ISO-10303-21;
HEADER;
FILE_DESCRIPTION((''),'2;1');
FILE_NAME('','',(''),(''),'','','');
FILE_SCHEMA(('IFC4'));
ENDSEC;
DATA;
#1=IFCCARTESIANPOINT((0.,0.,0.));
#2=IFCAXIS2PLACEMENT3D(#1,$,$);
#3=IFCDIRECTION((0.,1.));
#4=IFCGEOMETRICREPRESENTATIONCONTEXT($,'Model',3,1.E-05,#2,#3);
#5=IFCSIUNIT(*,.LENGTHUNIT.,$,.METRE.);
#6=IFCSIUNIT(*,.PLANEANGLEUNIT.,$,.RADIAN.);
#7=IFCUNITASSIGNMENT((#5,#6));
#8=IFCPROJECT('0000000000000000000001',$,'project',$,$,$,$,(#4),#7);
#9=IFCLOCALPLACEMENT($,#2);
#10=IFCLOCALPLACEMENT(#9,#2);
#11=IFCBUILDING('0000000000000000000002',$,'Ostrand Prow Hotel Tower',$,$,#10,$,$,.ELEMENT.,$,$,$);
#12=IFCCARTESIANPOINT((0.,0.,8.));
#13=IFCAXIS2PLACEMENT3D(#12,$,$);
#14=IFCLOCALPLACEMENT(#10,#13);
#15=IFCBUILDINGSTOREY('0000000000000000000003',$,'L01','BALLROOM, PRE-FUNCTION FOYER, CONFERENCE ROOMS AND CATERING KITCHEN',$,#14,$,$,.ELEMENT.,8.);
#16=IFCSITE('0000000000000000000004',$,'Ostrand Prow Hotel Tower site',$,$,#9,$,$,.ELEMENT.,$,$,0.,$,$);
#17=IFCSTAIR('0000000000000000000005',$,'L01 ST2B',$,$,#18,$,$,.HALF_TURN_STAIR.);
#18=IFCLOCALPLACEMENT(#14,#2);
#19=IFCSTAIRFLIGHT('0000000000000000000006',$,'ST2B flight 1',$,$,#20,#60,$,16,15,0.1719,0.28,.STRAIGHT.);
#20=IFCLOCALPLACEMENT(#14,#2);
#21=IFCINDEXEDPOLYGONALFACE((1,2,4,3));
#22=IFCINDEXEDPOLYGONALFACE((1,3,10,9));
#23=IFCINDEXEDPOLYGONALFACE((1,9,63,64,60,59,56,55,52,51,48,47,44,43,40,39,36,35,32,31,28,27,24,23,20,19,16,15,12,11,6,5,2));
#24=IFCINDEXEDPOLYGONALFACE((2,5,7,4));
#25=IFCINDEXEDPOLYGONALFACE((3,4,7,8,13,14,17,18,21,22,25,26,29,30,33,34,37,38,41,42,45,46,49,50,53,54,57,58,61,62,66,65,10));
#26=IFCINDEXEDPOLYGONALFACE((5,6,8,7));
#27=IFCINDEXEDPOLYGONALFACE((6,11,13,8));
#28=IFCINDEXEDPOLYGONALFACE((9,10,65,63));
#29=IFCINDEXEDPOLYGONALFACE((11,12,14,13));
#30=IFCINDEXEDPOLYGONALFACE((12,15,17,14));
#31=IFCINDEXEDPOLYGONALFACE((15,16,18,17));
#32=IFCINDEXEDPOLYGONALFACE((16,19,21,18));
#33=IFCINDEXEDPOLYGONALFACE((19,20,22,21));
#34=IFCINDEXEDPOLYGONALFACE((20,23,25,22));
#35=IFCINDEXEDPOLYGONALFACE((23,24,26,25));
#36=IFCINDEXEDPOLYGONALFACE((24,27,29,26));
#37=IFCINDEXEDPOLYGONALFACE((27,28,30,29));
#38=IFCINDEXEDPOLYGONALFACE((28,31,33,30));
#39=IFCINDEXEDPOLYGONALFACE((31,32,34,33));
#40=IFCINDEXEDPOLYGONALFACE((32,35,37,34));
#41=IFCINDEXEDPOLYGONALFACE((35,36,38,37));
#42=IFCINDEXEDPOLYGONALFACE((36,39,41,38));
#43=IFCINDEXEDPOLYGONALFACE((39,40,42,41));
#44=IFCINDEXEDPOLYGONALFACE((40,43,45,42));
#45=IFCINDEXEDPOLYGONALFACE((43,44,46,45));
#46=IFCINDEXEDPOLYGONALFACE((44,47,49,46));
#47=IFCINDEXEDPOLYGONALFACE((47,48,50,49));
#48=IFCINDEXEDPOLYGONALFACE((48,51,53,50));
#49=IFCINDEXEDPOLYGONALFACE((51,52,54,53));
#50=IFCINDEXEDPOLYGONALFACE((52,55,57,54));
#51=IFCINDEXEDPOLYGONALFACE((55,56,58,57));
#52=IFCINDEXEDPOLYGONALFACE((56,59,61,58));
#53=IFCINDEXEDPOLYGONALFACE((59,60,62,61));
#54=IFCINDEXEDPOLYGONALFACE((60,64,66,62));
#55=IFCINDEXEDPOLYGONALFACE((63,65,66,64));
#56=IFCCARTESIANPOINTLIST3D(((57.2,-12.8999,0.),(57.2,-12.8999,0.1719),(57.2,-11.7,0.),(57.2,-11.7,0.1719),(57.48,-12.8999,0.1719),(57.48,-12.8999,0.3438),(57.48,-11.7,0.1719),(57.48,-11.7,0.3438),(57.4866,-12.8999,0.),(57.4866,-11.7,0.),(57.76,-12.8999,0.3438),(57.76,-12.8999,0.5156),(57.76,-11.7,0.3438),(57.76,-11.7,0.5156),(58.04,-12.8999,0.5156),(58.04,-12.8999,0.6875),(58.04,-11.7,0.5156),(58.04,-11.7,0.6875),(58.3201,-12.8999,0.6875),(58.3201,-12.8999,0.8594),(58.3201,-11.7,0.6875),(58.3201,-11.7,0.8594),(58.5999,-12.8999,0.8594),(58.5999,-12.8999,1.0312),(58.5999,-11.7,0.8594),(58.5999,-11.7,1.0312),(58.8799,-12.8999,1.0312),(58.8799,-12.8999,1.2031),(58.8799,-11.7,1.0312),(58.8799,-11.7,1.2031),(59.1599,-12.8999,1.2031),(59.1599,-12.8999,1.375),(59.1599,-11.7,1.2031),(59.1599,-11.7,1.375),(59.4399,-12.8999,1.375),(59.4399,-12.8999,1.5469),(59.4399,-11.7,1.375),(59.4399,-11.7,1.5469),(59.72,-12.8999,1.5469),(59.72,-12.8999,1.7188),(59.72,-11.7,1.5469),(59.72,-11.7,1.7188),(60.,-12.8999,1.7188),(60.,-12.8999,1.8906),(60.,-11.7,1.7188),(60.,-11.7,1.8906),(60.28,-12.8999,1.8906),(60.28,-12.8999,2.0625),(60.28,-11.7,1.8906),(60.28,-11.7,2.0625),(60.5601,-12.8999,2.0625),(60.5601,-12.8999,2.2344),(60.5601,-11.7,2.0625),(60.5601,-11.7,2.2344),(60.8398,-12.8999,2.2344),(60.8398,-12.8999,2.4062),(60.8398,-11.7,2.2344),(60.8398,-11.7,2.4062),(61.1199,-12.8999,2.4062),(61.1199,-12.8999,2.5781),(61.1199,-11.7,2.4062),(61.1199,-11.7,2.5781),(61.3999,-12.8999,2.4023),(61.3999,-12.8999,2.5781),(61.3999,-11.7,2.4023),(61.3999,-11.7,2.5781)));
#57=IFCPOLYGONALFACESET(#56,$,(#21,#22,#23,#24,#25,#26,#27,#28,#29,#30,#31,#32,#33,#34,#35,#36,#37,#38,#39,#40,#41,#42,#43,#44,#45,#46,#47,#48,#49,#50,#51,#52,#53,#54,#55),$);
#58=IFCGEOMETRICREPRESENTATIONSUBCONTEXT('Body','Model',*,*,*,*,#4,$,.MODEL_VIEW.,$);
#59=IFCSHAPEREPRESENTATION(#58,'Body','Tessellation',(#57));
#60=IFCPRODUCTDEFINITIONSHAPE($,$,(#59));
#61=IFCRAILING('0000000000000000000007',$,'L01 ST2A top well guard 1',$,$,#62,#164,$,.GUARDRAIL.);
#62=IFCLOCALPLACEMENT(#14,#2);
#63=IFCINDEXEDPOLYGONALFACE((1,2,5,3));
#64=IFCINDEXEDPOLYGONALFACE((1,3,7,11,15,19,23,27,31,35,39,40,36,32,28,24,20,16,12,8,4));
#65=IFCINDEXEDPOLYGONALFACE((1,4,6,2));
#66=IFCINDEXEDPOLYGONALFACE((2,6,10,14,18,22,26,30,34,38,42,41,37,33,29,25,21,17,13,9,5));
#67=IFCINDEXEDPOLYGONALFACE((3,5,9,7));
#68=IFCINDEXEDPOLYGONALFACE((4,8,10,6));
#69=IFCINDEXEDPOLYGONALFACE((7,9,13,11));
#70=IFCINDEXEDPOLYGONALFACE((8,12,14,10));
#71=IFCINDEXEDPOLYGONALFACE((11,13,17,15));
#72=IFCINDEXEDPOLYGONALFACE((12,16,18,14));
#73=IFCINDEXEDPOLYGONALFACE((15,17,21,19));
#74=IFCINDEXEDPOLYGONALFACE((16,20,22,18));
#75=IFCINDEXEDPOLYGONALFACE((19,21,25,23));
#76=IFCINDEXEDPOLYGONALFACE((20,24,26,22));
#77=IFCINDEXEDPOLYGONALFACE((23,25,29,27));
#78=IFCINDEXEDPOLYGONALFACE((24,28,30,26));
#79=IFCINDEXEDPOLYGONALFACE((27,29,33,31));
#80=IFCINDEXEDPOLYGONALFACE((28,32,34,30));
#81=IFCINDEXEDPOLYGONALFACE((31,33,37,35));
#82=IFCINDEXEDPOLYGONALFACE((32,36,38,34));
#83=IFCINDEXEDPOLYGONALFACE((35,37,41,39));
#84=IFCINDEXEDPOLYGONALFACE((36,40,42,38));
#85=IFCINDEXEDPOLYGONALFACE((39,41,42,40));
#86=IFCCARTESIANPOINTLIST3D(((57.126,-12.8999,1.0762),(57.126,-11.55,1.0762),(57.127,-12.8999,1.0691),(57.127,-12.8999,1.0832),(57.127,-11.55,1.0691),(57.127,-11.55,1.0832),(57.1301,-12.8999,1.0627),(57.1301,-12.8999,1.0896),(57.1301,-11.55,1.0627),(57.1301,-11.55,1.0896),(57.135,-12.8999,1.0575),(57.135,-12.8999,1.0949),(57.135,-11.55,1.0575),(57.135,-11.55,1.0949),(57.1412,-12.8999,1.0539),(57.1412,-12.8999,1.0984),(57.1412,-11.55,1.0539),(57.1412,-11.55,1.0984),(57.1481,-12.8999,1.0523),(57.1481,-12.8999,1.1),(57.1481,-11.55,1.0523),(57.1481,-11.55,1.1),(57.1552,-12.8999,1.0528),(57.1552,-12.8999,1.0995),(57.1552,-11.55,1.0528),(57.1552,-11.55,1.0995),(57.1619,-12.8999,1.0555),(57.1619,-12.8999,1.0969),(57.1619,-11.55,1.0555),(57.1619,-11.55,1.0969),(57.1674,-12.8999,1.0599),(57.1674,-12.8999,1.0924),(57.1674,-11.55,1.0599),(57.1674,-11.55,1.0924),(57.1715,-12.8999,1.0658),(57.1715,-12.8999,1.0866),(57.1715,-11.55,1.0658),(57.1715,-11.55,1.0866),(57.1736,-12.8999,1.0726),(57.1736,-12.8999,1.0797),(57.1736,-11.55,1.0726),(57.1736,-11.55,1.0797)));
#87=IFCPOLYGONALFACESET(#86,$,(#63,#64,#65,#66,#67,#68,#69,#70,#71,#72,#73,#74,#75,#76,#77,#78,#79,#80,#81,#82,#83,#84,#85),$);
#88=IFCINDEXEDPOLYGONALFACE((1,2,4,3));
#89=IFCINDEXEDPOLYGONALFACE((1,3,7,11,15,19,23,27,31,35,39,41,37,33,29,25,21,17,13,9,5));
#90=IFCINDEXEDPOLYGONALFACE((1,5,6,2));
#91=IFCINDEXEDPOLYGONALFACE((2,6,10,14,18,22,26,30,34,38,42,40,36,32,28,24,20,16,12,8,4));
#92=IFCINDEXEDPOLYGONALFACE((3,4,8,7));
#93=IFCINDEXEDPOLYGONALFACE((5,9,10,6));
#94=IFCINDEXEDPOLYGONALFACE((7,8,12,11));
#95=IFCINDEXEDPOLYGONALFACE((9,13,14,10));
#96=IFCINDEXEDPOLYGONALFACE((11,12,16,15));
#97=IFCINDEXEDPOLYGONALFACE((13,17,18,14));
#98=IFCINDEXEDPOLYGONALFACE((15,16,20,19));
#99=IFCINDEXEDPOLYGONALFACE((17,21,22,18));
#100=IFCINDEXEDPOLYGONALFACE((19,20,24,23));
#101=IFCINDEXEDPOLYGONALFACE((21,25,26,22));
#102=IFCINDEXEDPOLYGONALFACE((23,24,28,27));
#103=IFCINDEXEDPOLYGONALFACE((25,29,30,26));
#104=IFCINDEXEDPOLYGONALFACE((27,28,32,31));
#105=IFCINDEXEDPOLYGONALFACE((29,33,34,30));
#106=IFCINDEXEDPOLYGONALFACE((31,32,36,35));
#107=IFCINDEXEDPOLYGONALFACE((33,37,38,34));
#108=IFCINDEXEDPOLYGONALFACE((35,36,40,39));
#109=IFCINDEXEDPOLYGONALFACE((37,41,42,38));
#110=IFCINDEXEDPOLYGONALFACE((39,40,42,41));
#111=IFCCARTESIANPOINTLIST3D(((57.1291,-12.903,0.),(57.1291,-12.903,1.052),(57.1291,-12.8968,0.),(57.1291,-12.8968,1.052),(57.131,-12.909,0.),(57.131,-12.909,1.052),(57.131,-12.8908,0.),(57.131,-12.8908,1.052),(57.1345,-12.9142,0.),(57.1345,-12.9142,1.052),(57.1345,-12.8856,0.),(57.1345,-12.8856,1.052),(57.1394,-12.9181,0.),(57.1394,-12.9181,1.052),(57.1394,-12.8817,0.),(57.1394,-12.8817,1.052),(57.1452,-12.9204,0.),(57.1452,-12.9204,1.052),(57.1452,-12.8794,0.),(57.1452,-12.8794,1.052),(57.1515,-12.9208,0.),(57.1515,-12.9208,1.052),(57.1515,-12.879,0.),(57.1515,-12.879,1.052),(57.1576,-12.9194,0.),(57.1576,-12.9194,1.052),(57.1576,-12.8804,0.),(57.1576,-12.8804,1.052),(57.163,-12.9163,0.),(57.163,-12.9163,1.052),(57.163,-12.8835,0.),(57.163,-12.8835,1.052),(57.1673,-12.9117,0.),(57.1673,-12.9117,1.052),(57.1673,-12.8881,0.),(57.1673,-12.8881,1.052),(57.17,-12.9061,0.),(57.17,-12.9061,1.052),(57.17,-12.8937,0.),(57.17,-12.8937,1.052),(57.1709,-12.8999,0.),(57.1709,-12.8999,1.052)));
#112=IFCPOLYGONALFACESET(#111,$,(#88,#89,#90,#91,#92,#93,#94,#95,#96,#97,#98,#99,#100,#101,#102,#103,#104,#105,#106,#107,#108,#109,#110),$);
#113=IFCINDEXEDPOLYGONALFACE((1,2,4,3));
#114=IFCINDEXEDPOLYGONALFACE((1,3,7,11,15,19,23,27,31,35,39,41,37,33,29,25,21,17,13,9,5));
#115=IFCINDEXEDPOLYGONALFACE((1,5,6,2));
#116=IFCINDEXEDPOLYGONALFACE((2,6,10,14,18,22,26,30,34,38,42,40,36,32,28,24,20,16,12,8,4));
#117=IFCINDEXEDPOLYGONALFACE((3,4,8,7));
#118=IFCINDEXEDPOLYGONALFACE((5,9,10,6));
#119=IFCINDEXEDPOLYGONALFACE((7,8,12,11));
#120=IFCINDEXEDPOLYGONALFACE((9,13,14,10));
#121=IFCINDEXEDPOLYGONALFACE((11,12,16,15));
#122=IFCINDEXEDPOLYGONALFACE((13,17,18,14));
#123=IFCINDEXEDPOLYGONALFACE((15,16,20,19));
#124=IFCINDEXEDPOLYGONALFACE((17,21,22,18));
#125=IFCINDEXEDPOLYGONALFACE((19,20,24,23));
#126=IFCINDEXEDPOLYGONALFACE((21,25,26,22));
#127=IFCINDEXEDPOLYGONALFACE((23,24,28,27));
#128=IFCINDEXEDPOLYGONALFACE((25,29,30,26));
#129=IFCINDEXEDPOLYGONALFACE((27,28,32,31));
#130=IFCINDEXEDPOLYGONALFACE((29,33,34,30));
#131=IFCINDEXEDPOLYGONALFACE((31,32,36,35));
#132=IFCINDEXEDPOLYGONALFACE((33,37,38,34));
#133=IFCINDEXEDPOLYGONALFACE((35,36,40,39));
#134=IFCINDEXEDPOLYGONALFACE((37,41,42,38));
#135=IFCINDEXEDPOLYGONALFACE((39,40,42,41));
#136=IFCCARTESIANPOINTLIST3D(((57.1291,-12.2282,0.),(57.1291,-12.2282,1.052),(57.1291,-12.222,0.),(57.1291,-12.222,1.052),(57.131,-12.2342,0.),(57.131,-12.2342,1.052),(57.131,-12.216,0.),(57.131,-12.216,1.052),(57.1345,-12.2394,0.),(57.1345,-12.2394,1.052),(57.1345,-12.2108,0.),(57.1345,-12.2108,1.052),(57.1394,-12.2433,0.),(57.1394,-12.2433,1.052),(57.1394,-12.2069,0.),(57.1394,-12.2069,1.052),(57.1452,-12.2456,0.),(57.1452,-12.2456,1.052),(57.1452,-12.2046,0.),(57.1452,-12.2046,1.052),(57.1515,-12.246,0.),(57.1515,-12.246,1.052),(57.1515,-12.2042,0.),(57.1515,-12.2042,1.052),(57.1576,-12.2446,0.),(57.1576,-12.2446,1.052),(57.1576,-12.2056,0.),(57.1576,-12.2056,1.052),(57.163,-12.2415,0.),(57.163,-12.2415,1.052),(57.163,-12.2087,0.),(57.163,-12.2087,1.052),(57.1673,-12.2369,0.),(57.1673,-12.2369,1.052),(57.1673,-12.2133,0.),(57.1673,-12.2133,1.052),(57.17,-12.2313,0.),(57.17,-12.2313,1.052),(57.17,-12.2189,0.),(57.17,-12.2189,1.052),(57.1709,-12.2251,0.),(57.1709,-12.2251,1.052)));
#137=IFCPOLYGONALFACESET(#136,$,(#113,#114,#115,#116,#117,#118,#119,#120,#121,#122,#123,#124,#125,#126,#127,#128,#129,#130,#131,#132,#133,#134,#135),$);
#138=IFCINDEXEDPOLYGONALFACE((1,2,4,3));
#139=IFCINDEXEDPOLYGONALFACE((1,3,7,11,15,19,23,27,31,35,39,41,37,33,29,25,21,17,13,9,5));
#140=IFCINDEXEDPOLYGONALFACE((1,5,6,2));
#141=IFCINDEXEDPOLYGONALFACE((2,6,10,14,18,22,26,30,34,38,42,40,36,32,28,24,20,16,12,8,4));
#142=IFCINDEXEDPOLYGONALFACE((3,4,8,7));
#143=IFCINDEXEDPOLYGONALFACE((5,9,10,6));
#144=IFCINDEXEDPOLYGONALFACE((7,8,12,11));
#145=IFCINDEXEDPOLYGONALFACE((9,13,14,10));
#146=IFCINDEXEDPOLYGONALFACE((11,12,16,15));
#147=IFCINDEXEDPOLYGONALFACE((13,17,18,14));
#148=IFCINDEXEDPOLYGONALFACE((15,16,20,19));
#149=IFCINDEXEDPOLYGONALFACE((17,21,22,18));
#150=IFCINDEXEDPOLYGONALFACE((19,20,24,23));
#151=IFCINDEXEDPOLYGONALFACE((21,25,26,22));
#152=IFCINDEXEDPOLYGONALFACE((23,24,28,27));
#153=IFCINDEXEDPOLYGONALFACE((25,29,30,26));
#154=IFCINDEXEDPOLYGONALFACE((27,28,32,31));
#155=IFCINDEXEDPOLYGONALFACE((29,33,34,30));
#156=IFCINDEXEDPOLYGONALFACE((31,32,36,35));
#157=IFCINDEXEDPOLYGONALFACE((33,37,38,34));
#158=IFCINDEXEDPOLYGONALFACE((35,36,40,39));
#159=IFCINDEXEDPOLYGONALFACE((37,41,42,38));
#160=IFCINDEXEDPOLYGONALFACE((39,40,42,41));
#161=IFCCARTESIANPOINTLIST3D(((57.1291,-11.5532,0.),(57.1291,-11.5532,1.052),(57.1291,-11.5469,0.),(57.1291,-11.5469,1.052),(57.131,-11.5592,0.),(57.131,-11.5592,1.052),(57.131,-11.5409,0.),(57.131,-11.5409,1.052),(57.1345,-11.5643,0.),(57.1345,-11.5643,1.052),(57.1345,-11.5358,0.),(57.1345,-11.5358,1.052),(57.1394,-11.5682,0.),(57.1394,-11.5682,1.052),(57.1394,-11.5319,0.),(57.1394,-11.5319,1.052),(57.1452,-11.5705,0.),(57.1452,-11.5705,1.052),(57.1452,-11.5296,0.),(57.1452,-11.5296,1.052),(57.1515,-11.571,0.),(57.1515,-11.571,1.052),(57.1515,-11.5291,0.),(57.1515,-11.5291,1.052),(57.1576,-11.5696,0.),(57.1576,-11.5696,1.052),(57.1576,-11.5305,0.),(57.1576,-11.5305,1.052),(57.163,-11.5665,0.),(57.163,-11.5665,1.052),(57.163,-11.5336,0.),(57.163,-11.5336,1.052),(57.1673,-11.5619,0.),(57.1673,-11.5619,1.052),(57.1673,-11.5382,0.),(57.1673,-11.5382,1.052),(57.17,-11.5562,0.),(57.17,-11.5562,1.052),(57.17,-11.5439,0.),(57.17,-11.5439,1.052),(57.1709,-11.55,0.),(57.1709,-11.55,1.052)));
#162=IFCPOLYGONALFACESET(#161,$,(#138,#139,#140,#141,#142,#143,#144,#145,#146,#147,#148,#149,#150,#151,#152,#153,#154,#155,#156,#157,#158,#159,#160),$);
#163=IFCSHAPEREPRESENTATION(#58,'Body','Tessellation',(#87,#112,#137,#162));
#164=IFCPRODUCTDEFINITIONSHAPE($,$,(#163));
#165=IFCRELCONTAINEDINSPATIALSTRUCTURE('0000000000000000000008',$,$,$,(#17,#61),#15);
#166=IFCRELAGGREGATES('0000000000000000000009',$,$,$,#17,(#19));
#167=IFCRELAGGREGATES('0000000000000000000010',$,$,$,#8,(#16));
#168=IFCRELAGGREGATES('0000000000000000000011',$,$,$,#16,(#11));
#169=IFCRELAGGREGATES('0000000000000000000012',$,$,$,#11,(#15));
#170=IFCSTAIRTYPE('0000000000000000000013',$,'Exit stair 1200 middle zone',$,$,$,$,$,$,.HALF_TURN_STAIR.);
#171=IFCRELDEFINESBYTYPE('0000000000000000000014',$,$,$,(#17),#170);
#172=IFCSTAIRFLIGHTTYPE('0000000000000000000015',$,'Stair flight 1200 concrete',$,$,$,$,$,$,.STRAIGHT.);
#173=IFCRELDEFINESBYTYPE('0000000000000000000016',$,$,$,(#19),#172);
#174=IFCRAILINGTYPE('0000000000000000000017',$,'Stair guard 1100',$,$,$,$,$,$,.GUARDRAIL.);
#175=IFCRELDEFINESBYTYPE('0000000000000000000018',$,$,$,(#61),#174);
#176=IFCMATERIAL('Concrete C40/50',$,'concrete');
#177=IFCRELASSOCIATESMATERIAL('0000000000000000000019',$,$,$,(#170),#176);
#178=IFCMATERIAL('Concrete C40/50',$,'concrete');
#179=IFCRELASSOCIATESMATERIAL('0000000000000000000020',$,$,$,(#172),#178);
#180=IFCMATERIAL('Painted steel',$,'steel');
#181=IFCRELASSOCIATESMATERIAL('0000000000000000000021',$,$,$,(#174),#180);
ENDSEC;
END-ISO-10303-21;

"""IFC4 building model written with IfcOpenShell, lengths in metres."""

from ifc_helpers import new_model, si_unit, direction, frame, origin, origin_2d, place, context, subcontext, project, spatial, polyline, circle, outline, extrude, material, type_object, element, aggregate, save


model = new_model("IFC4")

# Units and contexts
model_context = context("Model", 3, precision=1e-05, world=origin(), true_north=direction((0.0, 1.0)))
body_context = subcontext(model_context, "Body", "Model", "MODEL_VIEW")
ifc_project = project(units=[si_unit("LENGTHUNIT", "METRE"), si_unit("PLANEANGLEUNIT", "RADIAN")], contexts=[model_context])

# Site, building, storey
site_placement = place(None, origin())
site = spatial("IfcSite", under=ifc_project, at=site_placement, Name="Ostrand Prow Hotel Tower site", CompositionType="ELEMENT", RefElevation=0.0)
building_placement = place(site_placement, origin())
building = spatial("IfcBuilding", under=site, at=building_placement, Name="Ostrand Prow Hotel Tower", CompositionType="ELEMENT")
storey_placement = place(building_placement, frame((0.0, 0.0, 8.0)))
storey = spatial("IfcBuildingStorey", under=building, at=storey_placement, Name="L01", Description="BALLROOM, PRE-FUNCTION FOYER, CONFERENCE ROOMS AND CATERING KITCHEN", CompositionType="ELEMENT", Elevation=8.0)

# Stair, stair flight
ifc_material_1 = material(Name="Concrete C40/50", Category="concrete")
stair_type = type_object("IfcStairType", Name="Exit stair 1200 middle zone", PredefinedType="HALF_TURN_STAIR", material=ifc_material_1)
stair_placement = place(storey_placement, origin())
stair = element("IfcStair", 1, at=stair_placement, inside=storey, type_object=stair_type, Name="L01 ST2B", PredefinedType="HALF_TURN_STAIR")
ifc_material_2 = material(Name="Concrete C40/50", Category="concrete")
stair_flight_type = type_object("IfcStairFlightType", Name="Stair flight 1200 concrete", PredefinedType="STRAIGHT", material=ifc_material_2)
stair_flight_placement = place(storey_placement, frame((57.2, -12.3, 0.0), z_axis=(0.0, 0.0, 1.0), x_axis=(1.0, 0.0, 0.0)))
stair_flight = element("IfcStairFlight", 2, at=stair_flight_placement, type_object=stair_flight_type, Name="ST2B flight 1", NumberOfRisers=16, NumberOfTreads=15, PredefinedType="STRAIGHT", RiserHeight=0.1719, TreadLength=0.28, context=body_context, shape_type="SweptSolid", body=[
    extrude(outline(polyline([(0.0, 0.0), (0.0, 0.1719), (0.28, 0.1719), (0.28, 0.3438), (0.5601, 0.3438), (0.5601, 0.5156), (0.8401, 0.5156), (0.8401, 0.6875), (1.1201, 0.6875), (1.1201, 0.8594), (1.3999, 0.8594), (1.3999, 1.0312), (1.6799, 1.0312), (1.6799, 1.2031), (1.96, 1.2031), (1.96, 1.375), (2.24, 1.375), (2.24, 1.5469), (2.52, 1.5469), (2.52, 1.7188), (2.8, 1.7188), (2.8, 1.8906), (3.0801, 1.8906), (3.0801, 2.0625), (3.3601, 2.0625), (3.3601, 2.2344), (3.6399, 2.2344), (3.6399, 2.4062), (3.9199, 2.4062), (3.9199, 2.5781), (4.2, 2.5781), (4.2, 2.75), (4.2, 2.4023), (0.2866, 0.0), (0.0, 0.0)])), frame((0.0, 0.6001, 0.0), z_axis=(0.0, -1.0, 0.0), x_axis=(1.0, 0.0, 0.0)), (0.0, 0.0, 1.0), 1.2),
])
aggregate(stair, [stair_flight])

# Railing
ifc_material_3 = material(Name="Painted steel", Category="steel")
railing_type_1 = type_object("IfcRailingType", Name="Stair guard 1100", PredefinedType="GUARDRAIL", material=ifc_material_3)
railing_1_placement = place(storey_placement, frame((57.1499, -12.8999, 0.0)))
element("IfcRailing", 3, at=railing_1_placement, inside=storey, type_object=railing_type_1, Name="L01 ST2A top well guard 1", PredefinedType="GUARDRAIL", context=body_context, shape_type="SweptSolid", body=[
    extrude(circle(Radius=0.0239, at=origin_2d()), frame((0.0, 0.0, 1.0762), z_axis=(0.0, 1.0, 0.0), x_axis=(-1.0, 0.0, 0.0)), (0.0, 0.0, 1.0), 1.3499),
    extrude(circle(Radius=0.021, at=origin_2d()), origin(), (0.0, 0.0, 1.0), 1.052),
    extrude(circle(Radius=0.021, at=origin_2d()), frame((0.0, 0.6748, 0.0)), (0.0, 0.0, 1.0), 1.052),
    extrude(circle(Radius=0.021, at=origin_2d()), frame((0.0, 1.3499, 0.0)), (0.0, 0.0, 1.0), 1.052),
])

save(model, "model.ifc")
